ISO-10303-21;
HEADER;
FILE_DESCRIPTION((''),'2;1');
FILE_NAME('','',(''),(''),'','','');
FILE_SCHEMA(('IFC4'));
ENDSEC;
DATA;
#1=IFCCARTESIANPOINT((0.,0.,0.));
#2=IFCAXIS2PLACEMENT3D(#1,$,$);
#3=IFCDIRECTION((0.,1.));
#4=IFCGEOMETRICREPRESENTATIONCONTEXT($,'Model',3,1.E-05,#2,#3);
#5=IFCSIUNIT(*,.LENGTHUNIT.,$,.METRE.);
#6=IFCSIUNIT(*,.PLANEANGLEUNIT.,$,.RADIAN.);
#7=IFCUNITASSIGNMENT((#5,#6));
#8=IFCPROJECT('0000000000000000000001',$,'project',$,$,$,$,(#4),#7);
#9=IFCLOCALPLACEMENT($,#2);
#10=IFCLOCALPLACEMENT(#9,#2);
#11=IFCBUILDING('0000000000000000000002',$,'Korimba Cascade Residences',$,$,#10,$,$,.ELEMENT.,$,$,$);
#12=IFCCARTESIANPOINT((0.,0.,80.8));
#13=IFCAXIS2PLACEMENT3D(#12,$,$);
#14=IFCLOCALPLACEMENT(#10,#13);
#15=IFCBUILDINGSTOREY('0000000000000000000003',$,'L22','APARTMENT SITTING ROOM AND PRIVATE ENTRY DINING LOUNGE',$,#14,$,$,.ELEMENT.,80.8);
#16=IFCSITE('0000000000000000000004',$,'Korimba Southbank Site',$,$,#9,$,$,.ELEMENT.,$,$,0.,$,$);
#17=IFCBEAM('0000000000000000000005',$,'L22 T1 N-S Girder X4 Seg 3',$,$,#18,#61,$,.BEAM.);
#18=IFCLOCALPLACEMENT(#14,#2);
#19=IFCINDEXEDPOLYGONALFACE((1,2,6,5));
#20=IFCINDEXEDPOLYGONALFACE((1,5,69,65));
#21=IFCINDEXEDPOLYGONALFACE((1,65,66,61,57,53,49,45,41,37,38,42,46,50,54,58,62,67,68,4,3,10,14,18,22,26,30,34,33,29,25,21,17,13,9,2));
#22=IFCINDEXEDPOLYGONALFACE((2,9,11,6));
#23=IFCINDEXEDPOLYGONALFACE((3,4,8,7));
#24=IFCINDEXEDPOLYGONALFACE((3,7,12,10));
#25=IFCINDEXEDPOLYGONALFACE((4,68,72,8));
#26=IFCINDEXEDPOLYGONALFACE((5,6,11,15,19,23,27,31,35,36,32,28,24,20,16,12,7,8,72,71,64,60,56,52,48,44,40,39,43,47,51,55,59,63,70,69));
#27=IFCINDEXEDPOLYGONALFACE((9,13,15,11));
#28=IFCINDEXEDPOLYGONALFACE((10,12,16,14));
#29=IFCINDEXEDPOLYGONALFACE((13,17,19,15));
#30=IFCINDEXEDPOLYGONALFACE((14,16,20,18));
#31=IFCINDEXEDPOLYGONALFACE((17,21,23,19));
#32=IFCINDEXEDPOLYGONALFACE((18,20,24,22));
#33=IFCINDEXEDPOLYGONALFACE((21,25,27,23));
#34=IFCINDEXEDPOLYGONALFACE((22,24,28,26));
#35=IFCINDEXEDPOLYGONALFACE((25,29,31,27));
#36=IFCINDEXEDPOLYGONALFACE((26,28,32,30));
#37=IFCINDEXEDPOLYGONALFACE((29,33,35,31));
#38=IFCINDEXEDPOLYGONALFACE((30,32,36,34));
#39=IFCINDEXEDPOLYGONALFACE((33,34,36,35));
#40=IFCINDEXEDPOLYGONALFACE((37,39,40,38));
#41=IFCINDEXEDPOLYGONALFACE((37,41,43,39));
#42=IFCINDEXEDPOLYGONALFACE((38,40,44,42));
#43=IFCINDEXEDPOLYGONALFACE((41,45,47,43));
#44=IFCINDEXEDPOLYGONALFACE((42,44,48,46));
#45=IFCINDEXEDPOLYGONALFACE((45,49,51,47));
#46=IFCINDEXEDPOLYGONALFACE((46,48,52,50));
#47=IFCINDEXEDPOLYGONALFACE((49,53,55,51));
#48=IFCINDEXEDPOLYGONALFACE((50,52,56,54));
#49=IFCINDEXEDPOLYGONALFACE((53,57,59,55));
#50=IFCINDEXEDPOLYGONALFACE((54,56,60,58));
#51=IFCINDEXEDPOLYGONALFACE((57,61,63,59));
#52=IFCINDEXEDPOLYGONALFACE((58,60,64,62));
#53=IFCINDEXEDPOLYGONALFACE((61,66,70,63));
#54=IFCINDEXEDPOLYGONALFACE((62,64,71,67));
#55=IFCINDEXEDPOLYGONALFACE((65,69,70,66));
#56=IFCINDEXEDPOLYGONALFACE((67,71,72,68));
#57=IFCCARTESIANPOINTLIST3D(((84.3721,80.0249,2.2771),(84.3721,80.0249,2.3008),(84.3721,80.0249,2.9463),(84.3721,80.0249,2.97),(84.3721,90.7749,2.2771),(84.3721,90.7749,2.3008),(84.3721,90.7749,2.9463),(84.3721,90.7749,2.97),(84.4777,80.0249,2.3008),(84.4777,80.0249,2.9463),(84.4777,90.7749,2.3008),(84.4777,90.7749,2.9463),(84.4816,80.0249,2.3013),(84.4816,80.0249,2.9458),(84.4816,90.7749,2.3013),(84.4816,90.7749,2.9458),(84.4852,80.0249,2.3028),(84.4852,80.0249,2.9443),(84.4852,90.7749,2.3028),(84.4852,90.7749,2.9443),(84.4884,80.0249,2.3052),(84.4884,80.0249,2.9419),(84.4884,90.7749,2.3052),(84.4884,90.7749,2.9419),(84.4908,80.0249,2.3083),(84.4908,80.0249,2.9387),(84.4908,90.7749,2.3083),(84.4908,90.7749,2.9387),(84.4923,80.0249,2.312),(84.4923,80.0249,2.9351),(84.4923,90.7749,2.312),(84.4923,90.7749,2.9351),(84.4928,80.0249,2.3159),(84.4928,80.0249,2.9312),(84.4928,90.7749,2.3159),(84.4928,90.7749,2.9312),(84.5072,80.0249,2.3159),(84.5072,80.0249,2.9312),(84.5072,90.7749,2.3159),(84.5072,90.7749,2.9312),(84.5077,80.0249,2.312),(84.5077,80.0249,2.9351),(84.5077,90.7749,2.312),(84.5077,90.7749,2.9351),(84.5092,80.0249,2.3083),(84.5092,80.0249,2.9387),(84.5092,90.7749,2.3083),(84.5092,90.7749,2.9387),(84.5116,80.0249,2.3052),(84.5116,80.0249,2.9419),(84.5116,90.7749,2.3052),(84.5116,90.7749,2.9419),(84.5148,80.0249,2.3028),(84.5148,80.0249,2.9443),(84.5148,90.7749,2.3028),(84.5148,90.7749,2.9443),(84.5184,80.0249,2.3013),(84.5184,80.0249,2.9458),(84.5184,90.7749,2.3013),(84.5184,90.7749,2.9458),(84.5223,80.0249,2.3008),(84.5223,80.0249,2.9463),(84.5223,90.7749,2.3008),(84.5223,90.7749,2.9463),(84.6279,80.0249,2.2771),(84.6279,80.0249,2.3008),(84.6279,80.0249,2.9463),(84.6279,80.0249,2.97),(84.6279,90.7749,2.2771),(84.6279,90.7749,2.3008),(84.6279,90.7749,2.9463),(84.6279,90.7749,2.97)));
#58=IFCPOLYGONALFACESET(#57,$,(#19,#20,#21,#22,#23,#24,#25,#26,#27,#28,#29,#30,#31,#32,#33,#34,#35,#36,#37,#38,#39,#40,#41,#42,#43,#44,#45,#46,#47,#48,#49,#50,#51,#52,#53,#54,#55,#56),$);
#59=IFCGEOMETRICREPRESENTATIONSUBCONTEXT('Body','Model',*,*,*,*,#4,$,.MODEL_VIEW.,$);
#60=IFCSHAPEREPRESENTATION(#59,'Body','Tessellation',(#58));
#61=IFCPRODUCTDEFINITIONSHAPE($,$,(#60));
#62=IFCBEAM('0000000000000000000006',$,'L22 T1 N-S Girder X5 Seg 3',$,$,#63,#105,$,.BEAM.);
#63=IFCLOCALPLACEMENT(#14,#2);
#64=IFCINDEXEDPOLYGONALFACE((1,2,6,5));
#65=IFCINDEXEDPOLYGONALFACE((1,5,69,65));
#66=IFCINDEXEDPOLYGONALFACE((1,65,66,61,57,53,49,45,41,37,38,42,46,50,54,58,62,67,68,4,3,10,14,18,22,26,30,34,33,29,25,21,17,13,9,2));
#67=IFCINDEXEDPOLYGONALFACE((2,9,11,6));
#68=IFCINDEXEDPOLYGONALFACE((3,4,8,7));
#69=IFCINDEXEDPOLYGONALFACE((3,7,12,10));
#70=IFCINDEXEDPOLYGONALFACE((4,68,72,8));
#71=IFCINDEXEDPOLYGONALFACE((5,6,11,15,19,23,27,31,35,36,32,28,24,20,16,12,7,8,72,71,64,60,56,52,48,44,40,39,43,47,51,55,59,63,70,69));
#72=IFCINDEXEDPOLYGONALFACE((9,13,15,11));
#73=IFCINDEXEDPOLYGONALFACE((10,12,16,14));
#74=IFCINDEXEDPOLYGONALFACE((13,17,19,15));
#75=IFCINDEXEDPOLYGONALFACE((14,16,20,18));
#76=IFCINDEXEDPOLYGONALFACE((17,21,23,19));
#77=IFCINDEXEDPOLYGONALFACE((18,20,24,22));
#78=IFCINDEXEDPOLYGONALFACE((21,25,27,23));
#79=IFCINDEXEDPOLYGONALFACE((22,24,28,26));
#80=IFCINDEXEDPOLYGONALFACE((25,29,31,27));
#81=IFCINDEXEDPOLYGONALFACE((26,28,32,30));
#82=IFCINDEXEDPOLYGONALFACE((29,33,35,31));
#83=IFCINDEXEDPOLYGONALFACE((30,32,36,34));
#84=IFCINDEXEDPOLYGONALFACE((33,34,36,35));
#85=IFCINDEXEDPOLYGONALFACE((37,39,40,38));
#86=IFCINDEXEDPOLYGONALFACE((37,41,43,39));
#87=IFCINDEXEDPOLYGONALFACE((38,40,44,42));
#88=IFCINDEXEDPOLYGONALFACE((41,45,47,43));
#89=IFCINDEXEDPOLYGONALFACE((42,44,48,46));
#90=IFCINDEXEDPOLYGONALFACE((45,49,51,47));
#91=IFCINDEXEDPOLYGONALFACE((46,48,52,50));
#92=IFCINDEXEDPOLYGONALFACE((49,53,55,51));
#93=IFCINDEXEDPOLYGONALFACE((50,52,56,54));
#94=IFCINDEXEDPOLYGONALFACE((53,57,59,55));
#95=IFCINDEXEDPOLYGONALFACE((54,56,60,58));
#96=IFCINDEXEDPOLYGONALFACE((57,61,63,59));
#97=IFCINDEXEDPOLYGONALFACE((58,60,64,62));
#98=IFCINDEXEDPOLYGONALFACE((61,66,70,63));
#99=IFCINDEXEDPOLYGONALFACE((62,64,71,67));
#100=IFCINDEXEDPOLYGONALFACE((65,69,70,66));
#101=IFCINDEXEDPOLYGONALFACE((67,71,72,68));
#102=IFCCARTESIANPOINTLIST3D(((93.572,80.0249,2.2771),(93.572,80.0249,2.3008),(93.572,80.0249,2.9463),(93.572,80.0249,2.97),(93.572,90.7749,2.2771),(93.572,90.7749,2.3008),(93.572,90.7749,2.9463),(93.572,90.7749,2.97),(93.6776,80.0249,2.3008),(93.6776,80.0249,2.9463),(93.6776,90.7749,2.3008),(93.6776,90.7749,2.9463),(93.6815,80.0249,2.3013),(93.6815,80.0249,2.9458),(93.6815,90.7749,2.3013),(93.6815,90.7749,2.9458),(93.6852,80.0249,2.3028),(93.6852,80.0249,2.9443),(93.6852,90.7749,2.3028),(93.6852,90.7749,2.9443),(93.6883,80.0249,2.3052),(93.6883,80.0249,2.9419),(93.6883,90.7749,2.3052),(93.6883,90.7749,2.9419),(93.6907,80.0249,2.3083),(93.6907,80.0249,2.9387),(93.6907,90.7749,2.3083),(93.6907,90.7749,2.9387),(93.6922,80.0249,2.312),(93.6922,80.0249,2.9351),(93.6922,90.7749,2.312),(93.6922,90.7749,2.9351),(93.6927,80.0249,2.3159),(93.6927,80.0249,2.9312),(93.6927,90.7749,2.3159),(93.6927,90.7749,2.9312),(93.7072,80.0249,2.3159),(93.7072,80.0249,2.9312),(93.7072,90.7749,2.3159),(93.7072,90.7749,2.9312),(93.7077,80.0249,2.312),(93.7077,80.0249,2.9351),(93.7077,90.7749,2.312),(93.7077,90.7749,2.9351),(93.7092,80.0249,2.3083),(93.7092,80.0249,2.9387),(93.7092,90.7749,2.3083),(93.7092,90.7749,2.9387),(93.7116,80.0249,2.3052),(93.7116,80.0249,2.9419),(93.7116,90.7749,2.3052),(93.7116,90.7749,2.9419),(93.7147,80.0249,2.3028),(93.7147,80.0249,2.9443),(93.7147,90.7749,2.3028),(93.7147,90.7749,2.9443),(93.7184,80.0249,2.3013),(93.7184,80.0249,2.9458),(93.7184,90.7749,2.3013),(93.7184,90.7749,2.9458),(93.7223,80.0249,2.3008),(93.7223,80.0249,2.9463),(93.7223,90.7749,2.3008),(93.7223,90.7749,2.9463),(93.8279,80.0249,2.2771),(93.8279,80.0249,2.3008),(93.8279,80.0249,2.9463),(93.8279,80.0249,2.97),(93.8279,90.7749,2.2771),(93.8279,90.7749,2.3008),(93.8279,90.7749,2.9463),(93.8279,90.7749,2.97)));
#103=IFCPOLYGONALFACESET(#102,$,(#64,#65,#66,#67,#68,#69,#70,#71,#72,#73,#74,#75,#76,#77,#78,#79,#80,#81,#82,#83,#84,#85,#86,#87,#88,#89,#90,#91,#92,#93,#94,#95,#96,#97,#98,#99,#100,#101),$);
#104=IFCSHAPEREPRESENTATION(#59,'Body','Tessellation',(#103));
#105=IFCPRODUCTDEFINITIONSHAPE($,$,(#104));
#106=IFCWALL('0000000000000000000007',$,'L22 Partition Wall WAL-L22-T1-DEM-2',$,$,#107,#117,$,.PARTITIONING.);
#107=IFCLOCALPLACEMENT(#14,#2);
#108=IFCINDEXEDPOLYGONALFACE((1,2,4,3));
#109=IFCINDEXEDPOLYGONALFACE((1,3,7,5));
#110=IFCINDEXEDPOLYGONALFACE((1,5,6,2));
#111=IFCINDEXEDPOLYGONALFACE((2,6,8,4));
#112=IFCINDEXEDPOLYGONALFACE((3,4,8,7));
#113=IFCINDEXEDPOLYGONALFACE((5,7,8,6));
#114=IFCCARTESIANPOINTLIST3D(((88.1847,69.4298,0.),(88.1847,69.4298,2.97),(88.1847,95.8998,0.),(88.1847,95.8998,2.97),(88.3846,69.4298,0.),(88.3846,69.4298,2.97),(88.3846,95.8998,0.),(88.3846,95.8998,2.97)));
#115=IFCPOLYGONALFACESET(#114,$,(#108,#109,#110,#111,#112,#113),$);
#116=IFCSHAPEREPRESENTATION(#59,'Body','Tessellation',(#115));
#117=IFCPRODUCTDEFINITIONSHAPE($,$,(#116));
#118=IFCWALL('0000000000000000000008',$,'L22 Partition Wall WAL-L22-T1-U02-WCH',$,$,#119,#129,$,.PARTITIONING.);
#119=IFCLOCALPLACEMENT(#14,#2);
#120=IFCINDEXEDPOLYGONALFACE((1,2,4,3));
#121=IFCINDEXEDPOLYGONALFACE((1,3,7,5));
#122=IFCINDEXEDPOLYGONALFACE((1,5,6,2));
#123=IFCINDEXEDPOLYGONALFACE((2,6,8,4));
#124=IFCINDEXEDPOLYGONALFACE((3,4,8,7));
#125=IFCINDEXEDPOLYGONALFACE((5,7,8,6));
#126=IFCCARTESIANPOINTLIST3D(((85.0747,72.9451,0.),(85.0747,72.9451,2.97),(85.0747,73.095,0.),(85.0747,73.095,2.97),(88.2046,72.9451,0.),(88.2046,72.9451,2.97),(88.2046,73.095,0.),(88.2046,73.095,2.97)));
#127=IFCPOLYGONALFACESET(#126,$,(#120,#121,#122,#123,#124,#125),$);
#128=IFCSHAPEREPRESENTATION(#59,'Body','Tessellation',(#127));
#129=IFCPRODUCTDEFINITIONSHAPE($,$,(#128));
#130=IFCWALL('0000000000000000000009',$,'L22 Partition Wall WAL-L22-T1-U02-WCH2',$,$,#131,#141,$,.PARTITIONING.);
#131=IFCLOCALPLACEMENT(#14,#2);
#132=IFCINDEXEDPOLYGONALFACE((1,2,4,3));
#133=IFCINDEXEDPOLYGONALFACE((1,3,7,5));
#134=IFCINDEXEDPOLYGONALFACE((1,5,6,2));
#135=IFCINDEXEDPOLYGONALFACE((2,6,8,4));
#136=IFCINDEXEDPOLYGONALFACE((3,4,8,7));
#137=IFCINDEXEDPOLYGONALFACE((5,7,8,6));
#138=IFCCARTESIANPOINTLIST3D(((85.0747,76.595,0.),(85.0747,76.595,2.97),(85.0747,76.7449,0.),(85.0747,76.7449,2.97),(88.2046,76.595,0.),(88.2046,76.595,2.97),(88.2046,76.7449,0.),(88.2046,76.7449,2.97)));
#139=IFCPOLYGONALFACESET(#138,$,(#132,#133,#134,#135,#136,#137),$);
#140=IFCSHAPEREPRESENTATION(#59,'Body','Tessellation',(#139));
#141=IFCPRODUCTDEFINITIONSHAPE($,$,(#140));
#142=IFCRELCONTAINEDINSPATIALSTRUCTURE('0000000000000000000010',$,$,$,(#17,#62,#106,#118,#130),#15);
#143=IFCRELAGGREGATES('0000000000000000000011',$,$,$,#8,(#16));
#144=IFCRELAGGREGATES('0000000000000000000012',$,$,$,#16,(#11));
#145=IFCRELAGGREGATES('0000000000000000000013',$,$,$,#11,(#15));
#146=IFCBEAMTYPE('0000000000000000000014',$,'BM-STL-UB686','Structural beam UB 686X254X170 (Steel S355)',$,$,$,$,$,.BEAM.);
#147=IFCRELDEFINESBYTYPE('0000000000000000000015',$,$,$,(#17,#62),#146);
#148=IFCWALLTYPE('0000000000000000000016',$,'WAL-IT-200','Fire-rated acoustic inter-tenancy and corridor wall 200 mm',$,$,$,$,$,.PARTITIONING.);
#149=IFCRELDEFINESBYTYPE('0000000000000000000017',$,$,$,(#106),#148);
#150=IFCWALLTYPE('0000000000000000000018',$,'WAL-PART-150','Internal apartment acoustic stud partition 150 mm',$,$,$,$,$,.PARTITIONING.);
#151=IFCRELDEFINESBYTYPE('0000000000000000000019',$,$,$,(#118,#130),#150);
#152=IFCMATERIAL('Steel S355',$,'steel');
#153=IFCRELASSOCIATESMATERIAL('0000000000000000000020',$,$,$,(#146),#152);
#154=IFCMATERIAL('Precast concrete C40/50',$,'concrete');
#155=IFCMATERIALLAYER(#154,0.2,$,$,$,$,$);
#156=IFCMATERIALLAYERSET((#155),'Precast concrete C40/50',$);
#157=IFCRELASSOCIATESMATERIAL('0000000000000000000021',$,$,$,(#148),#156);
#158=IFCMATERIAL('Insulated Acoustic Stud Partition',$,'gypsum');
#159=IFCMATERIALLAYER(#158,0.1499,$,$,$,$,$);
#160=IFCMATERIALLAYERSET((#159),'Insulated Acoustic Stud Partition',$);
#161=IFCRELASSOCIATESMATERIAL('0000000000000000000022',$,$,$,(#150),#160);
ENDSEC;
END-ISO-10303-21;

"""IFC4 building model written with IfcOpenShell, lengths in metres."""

from ifc_helpers import new_model, si_unit, direction, frame, frame_2d, origin, origin_2d, place, context, subcontext, project, spatial, rectangle, i_section, extrude, material, layer, layer_set, material_profile, profile_set, type_object, element, save


model = new_model("IFC4")

# Units and contexts
model_context = context("Model", 3, precision=1e-05, world=origin(), true_north=direction((0.0, 1.0)))
body_context = subcontext(model_context, "Body", "Model", "MODEL_VIEW")
ifc_project = project(units=[si_unit("LENGTHUNIT", "METRE"), si_unit("PLANEANGLEUNIT", "RADIAN")], contexts=[model_context])

# Site, building, storey
site_placement = place(None, origin())
site = spatial("IfcSite", under=ifc_project, at=site_placement, Name="Korimba Southbank Site", CompositionType="ELEMENT", RefElevation=0.0)
building_placement = place(site_placement, origin())
building = spatial("IfcBuilding", under=site, at=building_placement, Name="Korimba Cascade Residences", CompositionType="ELEMENT")
storey_placement = place(building_placement, frame((0.0, 0.0, 80.8)))
storey = spatial("IfcBuildingStorey", under=building, at=storey_placement, Name="L22", Description="APARTMENT SITTING ROOM AND PRIVATE ENTRY DINING LOUNGE", CompositionType="ELEMENT", Elevation=80.8)

# Beams
ifc_material_1 = material(Name="Steel S355", Category="steel")
ifc_material_profile_1 = material_profile(ifc_material_1, i_section(OverallWidth=0.2559, OverallDepth=0.6929, WebThickness=0.0144, FlangeThickness=0.0237, FilletRadius=0.0151, at=origin_2d()), Name="Steel S355")
ifc_profile_set_1 = profile_set([ifc_material_profile_1], Name="Steel S355")
beam_type_1 = type_object("IfcBeamType", Name="BM-STL-UB686", Description="Structural beam UB 686X254X170 (Steel S355)", PredefinedType="BEAM", material=ifc_profile_set_1)
for number, where, z_axis, x_axis, name in (
    (1, (84.5, 80.0249, 2.6235), (0.0, 1.0, 0.0), (-1.0, 0.0, 0.0), "L22 T1 N-S Girder X4 Seg 3"),
    (2, (93.7, 80.0249, 2.6235), (0.0, 1.0, 0.0), (-1.0, 0.0, 0.0), "L22 T1 N-S Girder X5 Seg 3"),
):
    element("IfcBeam", number, at=place(storey_placement, frame(where, z_axis=z_axis, x_axis=x_axis)), inside=storey, type_object=beam_type_1, Name=name, PredefinedType="BEAM", context=body_context, shape_type="SweptSolid", body=[
        extrude(i_section(OverallWidth=0.2559, OverallDepth=0.6929, WebThickness=0.0144, FlangeThickness=0.0237, FilletRadius=0.0151, at=origin_2d()), origin(), (0.0, 0.0, 1.0), 10.75),
    ])

# Walls
ifc_material_2 = material(Name="Precast concrete C40/50", Category="concrete")
ifc_layer_1 = layer(ifc_material_2, 0.2)
ifc_layer_set_1 = layer_set([ifc_layer_1], Name="Precast concrete C40/50")
wall_type_1 = type_object("IfcWallType", Name="WAL-IT-200", Description="Fire-rated acoustic inter-tenancy and corridor wall 200 mm", PredefinedType="PARTITIONING", material=ifc_layer_set_1)
wall_1_placement = place(storey_placement, frame((88.2847, 69.4299, 0.0), z_axis=(0.0, 0.0, 1.0), x_axis=(0.0, 1.0, 0.0)))
element("IfcWall", 3, at=wall_1_placement, inside=storey, type_object=wall_type_1, Name="L22 Partition Wall WAL-L22-T1-DEM-2", PredefinedType="PARTITIONING", context=body_context, shape_type="SweptSolid", body=[
    extrude(rectangle(XDim=26.47, YDim=0.2, at=frame_2d((13.2349, 0.0))), origin(), (0.0, 0.0, 1.0), 2.97),
])
ifc_material_3 = material(Name="Insulated Acoustic Stud Partition", Category="gypsum")
ifc_layer_2 = layer(ifc_material_3, 0.1499)
ifc_layer_set_2 = layer_set([ifc_layer_2], Name="Insulated Acoustic Stud Partition")
wall_type_2 = type_object("IfcWallType", Name="WAL-PART-150", Description="Internal apartment acoustic stud partition 150 mm", PredefinedType="PARTITIONING", material=ifc_layer_set_2)
for number, where, z_axis, x_axis, name in (
    (4, (85.0747, 73.02, 0.0), (0.0, 0.0, 1.0), (1.0, 0.0, 0.0), "L22 Partition Wall WAL-L22-T1-U02-WCH"),
    (5, (85.0747, 76.6699, 0.0), (0.0, 0.0, 1.0), (1.0, 0.0, 0.0), "L22 Partition Wall WAL-L22-T1-U02-WCH2"),
):
    element("IfcWall", number, at=place(storey_placement, frame(where, z_axis=z_axis, x_axis=x_axis)), inside=storey, type_object=wall_type_2, Name=name, PredefinedType="PARTITIONING", context=body_context, shape_type="SweptSolid", body=[
        extrude(rectangle(XDim=3.1299, YDim=0.1499, at=frame_2d((1.5649, 0.0))), origin(), (0.0, 0.0, 1.0), 2.97),
    ])

save(model, "model.ifc")
